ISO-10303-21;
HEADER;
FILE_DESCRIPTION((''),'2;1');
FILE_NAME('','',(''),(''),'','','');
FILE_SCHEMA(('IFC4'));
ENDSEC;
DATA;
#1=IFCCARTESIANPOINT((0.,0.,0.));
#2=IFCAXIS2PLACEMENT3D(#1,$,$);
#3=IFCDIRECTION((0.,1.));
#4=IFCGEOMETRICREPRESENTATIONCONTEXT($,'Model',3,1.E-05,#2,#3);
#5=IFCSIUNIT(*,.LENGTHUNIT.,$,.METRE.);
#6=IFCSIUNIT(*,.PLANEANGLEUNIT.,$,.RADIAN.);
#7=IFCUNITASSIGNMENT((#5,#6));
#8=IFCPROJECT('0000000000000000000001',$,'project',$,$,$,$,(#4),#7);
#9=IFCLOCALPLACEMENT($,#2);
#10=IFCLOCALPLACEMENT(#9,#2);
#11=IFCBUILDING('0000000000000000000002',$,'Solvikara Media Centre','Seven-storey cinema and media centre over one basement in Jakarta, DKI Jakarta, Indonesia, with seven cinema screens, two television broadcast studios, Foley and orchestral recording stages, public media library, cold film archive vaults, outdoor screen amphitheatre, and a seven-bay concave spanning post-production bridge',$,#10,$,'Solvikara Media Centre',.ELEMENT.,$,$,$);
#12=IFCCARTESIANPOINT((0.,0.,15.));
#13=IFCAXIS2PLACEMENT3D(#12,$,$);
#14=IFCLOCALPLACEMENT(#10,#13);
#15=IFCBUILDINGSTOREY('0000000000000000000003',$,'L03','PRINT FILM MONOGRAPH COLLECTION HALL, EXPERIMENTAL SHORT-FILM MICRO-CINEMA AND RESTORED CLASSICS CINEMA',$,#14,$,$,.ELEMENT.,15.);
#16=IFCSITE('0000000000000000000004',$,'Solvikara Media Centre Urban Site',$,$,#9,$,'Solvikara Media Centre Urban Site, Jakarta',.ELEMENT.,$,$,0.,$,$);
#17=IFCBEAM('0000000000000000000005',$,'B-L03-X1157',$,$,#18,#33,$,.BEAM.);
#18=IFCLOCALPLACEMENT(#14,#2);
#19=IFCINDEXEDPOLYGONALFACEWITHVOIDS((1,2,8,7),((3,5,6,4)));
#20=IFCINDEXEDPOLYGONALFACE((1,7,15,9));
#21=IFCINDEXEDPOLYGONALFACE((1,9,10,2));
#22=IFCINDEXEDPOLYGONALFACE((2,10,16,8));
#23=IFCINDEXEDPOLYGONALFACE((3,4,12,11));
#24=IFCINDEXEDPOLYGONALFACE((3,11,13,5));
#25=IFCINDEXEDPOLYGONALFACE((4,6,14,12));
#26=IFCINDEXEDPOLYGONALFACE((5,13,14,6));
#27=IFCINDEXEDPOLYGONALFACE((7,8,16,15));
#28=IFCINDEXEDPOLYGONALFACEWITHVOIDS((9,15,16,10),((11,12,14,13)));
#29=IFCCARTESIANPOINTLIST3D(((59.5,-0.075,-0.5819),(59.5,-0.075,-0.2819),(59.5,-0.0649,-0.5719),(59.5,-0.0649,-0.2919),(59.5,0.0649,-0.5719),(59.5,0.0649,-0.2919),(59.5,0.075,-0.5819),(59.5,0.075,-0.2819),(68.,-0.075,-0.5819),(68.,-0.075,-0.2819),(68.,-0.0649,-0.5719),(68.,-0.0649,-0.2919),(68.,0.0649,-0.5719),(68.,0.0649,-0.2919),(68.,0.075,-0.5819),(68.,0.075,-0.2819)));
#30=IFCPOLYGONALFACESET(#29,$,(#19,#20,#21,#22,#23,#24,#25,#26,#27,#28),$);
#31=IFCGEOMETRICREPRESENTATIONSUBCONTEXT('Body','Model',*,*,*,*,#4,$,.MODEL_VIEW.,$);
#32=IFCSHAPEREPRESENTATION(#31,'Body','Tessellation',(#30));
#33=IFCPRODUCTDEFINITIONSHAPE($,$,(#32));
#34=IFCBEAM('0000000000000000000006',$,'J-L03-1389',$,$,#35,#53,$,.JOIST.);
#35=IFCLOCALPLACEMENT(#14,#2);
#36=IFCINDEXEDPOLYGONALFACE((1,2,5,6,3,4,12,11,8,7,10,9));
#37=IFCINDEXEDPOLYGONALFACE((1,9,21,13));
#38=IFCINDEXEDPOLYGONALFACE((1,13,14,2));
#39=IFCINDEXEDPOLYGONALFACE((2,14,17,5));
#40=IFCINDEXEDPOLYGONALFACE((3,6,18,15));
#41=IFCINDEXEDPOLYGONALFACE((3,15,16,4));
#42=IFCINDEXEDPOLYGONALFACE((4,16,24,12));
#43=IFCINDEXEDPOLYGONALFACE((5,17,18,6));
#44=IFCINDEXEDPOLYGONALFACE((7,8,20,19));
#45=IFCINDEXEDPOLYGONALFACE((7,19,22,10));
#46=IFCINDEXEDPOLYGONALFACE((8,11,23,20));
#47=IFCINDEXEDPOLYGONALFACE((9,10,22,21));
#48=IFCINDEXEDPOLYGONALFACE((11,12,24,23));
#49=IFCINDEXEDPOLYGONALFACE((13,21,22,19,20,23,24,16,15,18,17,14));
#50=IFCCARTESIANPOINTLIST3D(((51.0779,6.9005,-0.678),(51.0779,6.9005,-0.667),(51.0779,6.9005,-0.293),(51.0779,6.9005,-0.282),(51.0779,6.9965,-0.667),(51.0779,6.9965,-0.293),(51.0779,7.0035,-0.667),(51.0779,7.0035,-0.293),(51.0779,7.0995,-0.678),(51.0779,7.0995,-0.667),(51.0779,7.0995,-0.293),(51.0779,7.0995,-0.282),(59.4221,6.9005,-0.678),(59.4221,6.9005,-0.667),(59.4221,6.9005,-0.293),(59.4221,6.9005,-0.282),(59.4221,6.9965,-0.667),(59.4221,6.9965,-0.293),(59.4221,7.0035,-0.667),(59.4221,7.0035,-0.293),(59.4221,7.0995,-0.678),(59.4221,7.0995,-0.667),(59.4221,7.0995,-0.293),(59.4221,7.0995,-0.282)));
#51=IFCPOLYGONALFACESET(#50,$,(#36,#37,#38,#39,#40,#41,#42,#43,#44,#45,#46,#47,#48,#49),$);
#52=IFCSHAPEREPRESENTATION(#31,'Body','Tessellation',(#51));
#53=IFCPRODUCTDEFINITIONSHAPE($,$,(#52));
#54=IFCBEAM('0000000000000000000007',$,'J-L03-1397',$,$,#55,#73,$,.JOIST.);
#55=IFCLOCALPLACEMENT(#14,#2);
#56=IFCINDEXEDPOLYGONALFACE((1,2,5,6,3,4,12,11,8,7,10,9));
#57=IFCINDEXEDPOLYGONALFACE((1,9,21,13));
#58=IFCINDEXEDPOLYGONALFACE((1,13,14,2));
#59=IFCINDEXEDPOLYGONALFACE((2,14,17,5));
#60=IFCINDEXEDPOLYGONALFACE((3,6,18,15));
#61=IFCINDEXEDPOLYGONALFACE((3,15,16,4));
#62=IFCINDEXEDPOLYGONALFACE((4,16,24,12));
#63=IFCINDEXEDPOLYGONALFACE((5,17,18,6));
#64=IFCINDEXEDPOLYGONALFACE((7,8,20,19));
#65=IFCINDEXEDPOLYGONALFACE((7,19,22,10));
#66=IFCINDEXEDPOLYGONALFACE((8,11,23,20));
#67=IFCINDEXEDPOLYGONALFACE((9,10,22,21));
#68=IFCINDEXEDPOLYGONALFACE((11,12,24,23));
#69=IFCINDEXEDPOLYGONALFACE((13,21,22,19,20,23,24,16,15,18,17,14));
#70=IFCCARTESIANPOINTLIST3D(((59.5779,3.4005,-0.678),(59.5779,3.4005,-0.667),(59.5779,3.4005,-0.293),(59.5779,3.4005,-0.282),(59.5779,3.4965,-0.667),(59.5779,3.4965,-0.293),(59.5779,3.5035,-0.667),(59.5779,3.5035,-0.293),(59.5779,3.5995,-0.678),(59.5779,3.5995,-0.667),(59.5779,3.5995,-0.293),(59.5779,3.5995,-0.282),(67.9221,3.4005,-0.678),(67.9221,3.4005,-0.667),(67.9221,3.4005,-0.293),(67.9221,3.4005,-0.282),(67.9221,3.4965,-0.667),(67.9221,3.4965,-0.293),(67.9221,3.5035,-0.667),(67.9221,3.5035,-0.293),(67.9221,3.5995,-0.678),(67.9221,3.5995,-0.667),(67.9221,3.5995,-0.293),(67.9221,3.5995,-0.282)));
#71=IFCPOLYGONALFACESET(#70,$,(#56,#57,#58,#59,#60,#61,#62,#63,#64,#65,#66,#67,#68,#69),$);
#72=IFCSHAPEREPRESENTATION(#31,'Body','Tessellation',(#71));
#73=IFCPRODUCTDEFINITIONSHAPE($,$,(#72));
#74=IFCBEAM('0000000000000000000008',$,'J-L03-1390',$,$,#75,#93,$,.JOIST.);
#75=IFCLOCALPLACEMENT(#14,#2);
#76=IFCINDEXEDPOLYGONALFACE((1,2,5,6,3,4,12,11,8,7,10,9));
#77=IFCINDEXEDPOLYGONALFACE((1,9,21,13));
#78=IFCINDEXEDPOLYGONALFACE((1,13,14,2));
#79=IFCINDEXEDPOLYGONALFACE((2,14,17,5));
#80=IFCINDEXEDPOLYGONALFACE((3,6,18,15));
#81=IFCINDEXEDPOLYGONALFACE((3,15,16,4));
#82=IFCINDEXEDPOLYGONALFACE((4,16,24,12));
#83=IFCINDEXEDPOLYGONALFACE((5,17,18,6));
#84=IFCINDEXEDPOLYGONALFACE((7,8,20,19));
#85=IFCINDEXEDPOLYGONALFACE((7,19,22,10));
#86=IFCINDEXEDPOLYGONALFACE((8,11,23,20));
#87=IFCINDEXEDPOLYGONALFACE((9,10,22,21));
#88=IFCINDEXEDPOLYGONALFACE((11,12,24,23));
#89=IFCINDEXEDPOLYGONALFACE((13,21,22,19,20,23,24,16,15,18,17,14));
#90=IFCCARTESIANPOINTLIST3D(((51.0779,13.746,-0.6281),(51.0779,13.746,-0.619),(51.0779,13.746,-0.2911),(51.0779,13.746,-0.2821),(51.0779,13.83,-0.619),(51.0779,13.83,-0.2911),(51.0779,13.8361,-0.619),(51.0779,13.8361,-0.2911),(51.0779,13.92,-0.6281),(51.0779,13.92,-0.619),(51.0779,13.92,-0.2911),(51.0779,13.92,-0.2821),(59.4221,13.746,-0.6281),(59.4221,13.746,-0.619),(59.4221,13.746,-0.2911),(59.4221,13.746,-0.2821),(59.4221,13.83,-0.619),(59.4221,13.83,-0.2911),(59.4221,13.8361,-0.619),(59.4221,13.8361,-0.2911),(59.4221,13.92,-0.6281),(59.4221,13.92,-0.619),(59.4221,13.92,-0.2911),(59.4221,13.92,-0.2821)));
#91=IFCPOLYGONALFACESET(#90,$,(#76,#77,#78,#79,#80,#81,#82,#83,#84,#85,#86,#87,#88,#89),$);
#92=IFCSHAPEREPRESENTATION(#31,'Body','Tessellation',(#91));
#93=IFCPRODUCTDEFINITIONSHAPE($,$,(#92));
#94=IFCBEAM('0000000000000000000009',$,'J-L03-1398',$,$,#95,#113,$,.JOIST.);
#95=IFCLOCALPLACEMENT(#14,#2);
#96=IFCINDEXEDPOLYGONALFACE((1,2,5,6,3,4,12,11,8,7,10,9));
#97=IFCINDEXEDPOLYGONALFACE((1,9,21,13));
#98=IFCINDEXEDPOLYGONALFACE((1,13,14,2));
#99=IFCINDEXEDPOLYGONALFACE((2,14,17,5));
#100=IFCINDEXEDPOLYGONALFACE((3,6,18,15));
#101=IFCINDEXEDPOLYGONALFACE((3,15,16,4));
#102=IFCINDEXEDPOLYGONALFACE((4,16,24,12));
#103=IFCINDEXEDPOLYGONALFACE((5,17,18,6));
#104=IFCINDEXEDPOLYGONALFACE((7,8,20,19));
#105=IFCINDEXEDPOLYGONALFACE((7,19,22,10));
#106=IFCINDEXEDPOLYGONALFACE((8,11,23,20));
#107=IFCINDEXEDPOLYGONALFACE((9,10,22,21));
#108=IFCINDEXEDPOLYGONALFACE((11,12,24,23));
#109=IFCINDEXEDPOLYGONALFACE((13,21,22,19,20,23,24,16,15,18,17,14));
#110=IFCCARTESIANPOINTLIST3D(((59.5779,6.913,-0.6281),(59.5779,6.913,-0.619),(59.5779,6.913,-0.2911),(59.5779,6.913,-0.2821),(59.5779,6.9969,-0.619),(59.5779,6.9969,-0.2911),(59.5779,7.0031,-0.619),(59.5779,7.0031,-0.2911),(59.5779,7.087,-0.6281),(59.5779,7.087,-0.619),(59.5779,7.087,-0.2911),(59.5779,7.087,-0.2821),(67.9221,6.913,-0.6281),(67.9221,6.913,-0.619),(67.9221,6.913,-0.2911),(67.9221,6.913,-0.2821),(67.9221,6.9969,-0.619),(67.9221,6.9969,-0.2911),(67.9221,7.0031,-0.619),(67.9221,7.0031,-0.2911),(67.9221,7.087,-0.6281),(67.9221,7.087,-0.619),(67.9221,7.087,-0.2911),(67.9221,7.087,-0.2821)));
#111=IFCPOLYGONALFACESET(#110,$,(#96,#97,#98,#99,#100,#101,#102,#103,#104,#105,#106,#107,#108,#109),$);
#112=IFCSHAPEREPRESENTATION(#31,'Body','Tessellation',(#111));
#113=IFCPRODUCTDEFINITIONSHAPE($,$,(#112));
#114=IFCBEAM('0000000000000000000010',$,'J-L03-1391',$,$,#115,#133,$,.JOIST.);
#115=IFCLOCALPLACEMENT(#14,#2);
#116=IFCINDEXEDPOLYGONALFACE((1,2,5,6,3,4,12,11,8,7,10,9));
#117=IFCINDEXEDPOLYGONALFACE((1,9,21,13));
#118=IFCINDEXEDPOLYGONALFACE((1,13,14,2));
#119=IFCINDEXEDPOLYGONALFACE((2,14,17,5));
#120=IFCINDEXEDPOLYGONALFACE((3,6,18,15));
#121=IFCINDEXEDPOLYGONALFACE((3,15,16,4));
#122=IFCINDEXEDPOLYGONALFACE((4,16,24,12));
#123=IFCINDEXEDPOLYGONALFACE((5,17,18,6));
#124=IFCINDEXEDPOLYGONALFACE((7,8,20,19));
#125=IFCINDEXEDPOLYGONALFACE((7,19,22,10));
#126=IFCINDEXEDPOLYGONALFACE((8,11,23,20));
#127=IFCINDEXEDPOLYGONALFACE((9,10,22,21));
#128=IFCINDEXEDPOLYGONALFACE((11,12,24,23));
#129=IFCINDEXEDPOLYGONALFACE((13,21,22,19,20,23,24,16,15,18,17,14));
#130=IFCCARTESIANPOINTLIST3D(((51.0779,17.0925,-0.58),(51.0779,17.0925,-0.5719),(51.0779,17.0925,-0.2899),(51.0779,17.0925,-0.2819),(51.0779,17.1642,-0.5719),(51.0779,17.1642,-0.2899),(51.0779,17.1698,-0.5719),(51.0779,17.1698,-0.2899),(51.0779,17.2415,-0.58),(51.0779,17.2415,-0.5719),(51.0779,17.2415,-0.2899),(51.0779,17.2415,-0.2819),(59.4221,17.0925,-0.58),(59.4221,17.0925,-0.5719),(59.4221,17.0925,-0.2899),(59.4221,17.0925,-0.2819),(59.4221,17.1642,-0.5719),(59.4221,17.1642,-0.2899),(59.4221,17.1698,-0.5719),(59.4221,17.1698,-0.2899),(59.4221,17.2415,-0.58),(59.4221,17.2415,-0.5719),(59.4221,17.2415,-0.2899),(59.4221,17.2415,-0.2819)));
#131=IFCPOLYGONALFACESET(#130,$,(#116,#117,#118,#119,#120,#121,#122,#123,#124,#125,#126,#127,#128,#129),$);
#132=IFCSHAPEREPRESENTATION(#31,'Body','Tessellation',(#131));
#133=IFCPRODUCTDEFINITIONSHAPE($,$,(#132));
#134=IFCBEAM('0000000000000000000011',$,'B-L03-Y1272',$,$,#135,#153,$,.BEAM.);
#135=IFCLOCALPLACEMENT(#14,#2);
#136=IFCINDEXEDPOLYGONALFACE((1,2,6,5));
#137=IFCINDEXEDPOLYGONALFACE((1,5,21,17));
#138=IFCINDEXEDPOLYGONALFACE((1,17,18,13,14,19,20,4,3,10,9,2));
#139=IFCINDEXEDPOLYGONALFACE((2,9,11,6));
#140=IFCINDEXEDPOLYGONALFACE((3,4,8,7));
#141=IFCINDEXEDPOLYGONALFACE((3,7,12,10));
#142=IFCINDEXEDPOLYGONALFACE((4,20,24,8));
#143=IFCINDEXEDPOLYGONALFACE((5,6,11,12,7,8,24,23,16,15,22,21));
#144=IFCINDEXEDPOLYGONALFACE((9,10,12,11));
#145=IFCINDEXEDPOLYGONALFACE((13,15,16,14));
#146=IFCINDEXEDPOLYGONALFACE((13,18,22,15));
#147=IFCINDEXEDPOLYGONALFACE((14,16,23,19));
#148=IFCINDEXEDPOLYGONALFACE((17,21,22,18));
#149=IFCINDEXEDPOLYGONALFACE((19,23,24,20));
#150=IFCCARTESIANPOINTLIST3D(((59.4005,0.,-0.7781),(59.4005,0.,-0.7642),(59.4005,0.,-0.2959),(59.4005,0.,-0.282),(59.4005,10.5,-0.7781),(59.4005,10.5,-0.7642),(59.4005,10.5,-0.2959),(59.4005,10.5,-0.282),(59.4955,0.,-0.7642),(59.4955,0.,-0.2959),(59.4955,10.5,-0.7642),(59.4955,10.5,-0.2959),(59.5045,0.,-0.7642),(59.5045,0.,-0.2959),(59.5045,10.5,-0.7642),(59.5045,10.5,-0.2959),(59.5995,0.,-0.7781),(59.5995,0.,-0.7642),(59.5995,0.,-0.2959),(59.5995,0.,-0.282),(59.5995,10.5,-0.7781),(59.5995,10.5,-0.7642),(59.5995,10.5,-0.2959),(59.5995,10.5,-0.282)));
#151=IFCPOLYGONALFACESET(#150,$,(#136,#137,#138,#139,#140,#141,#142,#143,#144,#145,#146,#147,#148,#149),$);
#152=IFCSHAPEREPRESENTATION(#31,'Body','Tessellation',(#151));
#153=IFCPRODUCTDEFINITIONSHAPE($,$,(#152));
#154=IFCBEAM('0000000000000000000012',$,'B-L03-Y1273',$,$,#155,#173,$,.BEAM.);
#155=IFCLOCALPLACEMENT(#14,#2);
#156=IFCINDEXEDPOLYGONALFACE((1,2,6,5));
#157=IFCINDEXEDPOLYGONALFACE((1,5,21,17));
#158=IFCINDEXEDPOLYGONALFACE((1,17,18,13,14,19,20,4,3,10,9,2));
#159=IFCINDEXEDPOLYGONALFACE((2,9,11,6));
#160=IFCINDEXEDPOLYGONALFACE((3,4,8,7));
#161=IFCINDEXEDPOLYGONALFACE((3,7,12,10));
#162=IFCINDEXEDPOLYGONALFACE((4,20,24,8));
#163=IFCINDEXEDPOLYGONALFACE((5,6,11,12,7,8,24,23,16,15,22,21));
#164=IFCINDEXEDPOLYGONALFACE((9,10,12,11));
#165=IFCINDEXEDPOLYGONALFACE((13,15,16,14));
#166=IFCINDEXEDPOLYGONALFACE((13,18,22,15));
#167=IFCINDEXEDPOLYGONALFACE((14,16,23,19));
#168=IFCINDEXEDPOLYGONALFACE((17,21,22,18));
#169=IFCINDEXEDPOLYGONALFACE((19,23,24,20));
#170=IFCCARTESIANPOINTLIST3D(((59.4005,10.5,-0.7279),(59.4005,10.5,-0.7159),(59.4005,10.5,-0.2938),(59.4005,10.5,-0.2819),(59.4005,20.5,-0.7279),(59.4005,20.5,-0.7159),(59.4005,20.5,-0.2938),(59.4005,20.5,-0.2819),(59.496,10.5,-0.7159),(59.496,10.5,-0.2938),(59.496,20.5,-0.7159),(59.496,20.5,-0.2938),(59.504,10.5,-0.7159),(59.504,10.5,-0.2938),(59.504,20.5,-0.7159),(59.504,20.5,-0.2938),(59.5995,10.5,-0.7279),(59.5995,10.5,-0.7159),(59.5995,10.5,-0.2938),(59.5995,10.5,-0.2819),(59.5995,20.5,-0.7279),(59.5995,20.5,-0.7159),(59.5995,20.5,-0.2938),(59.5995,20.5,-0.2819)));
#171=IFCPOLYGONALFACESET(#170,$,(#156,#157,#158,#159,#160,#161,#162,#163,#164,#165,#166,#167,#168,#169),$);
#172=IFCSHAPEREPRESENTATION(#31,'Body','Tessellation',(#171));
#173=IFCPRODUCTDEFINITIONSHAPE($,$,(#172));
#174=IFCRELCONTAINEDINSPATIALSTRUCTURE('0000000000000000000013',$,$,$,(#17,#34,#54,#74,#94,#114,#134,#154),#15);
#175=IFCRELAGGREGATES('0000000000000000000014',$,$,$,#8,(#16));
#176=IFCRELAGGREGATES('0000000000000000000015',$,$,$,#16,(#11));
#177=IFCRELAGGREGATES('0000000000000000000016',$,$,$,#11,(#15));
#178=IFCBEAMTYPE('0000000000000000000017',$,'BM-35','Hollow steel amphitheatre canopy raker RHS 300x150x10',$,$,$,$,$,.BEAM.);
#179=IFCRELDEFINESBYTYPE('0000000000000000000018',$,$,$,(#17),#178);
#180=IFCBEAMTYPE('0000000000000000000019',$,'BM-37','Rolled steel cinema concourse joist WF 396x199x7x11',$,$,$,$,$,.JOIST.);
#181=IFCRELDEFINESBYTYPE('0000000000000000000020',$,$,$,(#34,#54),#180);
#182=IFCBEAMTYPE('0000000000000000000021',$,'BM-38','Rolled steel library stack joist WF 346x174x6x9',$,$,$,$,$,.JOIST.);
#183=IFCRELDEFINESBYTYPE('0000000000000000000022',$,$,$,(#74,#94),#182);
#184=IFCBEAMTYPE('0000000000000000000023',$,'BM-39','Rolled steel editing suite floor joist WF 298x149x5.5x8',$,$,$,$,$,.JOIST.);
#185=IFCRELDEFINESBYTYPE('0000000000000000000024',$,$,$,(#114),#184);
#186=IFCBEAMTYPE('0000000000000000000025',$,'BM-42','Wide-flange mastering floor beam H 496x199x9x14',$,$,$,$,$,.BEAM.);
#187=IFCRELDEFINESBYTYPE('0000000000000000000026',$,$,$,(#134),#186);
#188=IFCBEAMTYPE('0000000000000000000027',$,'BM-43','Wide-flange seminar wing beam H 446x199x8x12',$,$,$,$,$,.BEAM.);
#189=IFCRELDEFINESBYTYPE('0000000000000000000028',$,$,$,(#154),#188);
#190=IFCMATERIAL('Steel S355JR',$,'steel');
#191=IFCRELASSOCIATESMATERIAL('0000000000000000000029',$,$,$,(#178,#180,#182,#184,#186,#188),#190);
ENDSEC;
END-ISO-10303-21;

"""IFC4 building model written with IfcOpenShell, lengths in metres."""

from ifc_helpers import new_model, si_unit, direction, frame, origin, origin_2d, place, context, subcontext, project, spatial, hollow_rectangle, i_section, extrude, material, material_profile, profile_set, type_object, element, save


model = new_model("IFC4")

# Units and contexts
model_context = context("Model", 3, precision=1e-05, world=origin(), true_north=direction((0.0, 1.0)))
body_context = subcontext(model_context, "Body", "Model", "MODEL_VIEW")
ifc_project = project(units=[si_unit("LENGTHUNIT", "METRE"), si_unit("PLANEANGLEUNIT", "RADIAN")], contexts=[model_context])

# Site, building, storey
site_placement = place(None, origin())
site = spatial("IfcSite", under=ifc_project, at=site_placement, Name="Solvikara Media Centre Urban Site", LongName="Solvikara Media Centre Urban Site, Jakarta", CompositionType="ELEMENT", RefElevation=0.0)
building_placement = place(site_placement, origin())
building = spatial("IfcBuilding", under=site, at=building_placement, Name="Solvikara Media Centre", Description="Seven-storey cinema and media centre over one basement in Jakarta, DKI Jakarta, Indonesia, with seven cinema screens, two television broadcast studios, Foley and orchestral recording stages, public media library, cold film archive vaults, outdoor screen amphitheatre, and a seven-bay concave spanning post-production bridge", LongName="Solvikara Media Centre", CompositionType="ELEMENT")
storey_placement = place(building_placement, frame((0.0, 0.0, 15.0)))
storey = spatial("IfcBuildingStorey", under=building, at=storey_placement, Name="L03", Description="PRINT FILM MONOGRAPH COLLECTION HALL, EXPERIMENTAL SHORT-FILM MICRO-CINEMA AND RESTORED CLASSICS CINEMA", CompositionType="ELEMENT", Elevation=15.0)

# Beams
ifc_material_1 = material(Name="Steel S355JR", Category="steel")
ifc_material_profile_1 = material_profile(ifc_material_1, hollow_rectangle(XDim=0.1499, YDim=0.3, WallThickness=0.01, at=origin_2d()), Name="RHS 300x150x10")
ifc_profile_set_1 = profile_set([ifc_material_profile_1], Name="Steel S355JR")
beam_type_1 = type_object("IfcBeamType", Name="BM-35", Description="Hollow steel amphitheatre canopy raker RHS 300x150x10", PredefinedType="BEAM", material=ifc_profile_set_1)
beam_1_placement = place(storey_placement, frame((59.5, 0.0, -0.4319), z_axis=(1.0, 0.0, 0.0), x_axis=(0.0, 1.0, 0.0)))
element("IfcBeam", 1, at=beam_1_placement, inside=storey, type_object=beam_type_1, Name="B-L03-X1157", PredefinedType="BEAM", context=body_context, shape_type="SweptSolid", body=[
    extrude(hollow_rectangle(XDim=0.1499, YDim=0.3, WallThickness=0.01, at=origin_2d()), origin(), (0.0, 0.0, 1.0), 8.5),
])
ifc_material_profile_2 = material_profile(ifc_material_1, i_section(OverallWidth=0.199, OverallDepth=0.396, WebThickness=0.0071, FlangeThickness=0.011, at=origin_2d()), Name="WF 396x199x7x11")
ifc_profile_set_2 = profile_set([ifc_material_profile_2], Name="Steel S355JR")
beam_type_2 = type_object("IfcBeamType", Name="BM-37", Description="Rolled steel cinema concourse joist WF 396x199x7x11", PredefinedType="JOIST", material=ifc_profile_set_2)
for number, where, z_axis, x_axis, name in (
    (2, (51.0779, 7.0, -0.48), (1.0, 0.0, 0.0), (0.0, 1.0, 0.0), "J-L03-1389"),
    (3, (59.5779, 3.5, -0.48), (1.0, 0.0, 0.0), (0.0, 1.0, 0.0), "J-L03-1397"),
):
    element("IfcBeam", number, at=place(storey_placement, frame(where, z_axis=z_axis, x_axis=x_axis)), inside=storey, type_object=beam_type_2, Name=name, PredefinedType="JOIST", context=body_context, shape_type="SweptSolid", body=[
        extrude(i_section(OverallWidth=0.199, OverallDepth=0.396, WebThickness=0.0071, FlangeThickness=0.011, at=origin_2d()), origin(), (0.0, 0.0, 1.0), 8.3442),
    ])
ifc_material_profile_3 = material_profile(ifc_material_1, i_section(OverallWidth=0.1741, OverallDepth=0.3459, WebThickness=0.0061, FlangeThickness=0.009, at=origin_2d()), Name="WF 346x174x6x9")
ifc_profile_set_3 = profile_set([ifc_material_profile_3], Name="Steel S355JR")
beam_type_3 = type_object("IfcBeamType", Name="BM-38", Description="Rolled steel library stack joist WF 346x174x6x9", PredefinedType="JOIST", material=ifc_profile_set_3)
for number, where, z_axis, x_axis, name in (
    (4, (51.0779, 13.833, -0.4551), (1.0, 0.0, 0.0), (0.0, 1.0, 0.0), "J-L03-1390"),
    (5, (59.5779, 7.0, -0.4551), (1.0, 0.0, 0.0), (0.0, 1.0, 0.0), "J-L03-1398"),
):
    element("IfcBeam", number, at=place(storey_placement, frame(where, z_axis=z_axis, x_axis=x_axis)), inside=storey, type_object=beam_type_3, Name=name, PredefinedType="JOIST", context=body_context, shape_type="SweptSolid", body=[
        extrude(i_section(OverallWidth=0.1741, OverallDepth=0.3459, WebThickness=0.0061, FlangeThickness=0.009, at=origin_2d()), origin(), (0.0, 0.0, 1.0), 8.3442),
    ])
ifc_material_profile_4 = material_profile(ifc_material_1, i_section(OverallWidth=0.1489, OverallDepth=0.2981, WebThickness=0.0056, FlangeThickness=0.0081, at=origin_2d()), Name="WF 298x149x5.5x8")
ifc_profile_set_4 = profile_set([ifc_material_profile_4], Name="Steel S355JR")
beam_type_4 = type_object("IfcBeamType", Name="BM-39", Description="Rolled steel editing suite floor joist WF 298x149x5.5x8", PredefinedType="JOIST", material=ifc_profile_set_4)
beam_2_placement = place(storey_placement, frame((51.0779, 17.167, -0.4309), z_axis=(1.0, 0.0, 0.0), x_axis=(0.0, 1.0, 0.0)))
element("IfcBeam", 6, at=beam_2_placement, inside=storey, type_object=beam_type_4, Name="J-L03-1391", PredefinedType="JOIST", context=body_context, shape_type="SweptSolid", body=[
    extrude(i_section(OverallWidth=0.1489, OverallDepth=0.2981, WebThickness=0.0056, FlangeThickness=0.0081, at=origin_2d()), origin(), (0.0, 0.0, 1.0), 8.3442),
])
ifc_material_profile_5 = material_profile(ifc_material_1, i_section(OverallWidth=0.199, OverallDepth=0.4961, WebThickness=0.009, FlangeThickness=0.0139, at=origin_2d()), Name="H 496x199x9x14")
ifc_profile_set_5 = profile_set([ifc_material_profile_5], Name="Steel S355JR")
beam_type_5 = type_object("IfcBeamType", Name="BM-42", Description="Wide-flange mastering floor beam H 496x199x9x14", PredefinedType="BEAM", material=ifc_profile_set_5)
beam_3_placement = place(storey_placement, frame((59.5, 0.0, -0.53), z_axis=(0.0, 1.0, 0.0), x_axis=(-1.0, 0.0, 0.0)))
element("IfcBeam", 7, at=beam_3_placement, inside=storey, type_object=beam_type_5, Name="B-L03-Y1272", PredefinedType="BEAM", context=body_context, shape_type="SweptSolid", body=[
    extrude(i_section(OverallWidth=0.199, OverallDepth=0.4961, WebThickness=0.009, FlangeThickness=0.0139, at=origin_2d()), origin(), (0.0, 0.0, 1.0), 10.5),
])
ifc_material_profile_6 = material_profile(ifc_material_1, i_section(OverallWidth=0.199, OverallDepth=0.446, WebThickness=0.0081, FlangeThickness=0.012, at=origin_2d()), Name="H 446x199x8x12")
ifc_profile_set_6 = profile_set([ifc_material_profile_6], Name="Steel S355JR")
beam_type_6 = type_object("IfcBeamType", Name="BM-43", Description="Wide-flange seminar wing beam H 446x199x8x12", PredefinedType="BEAM", material=ifc_profile_set_6)
beam_4_placement = place(storey_placement, frame((59.5, 10.5, -0.5049), z_axis=(0.0, 1.0, 0.0), x_axis=(-1.0, 0.0, 0.0)))
element("IfcBeam", 8, at=beam_4_placement, inside=storey, type_object=beam_type_6, Name="B-L03-Y1273", PredefinedType="BEAM", context=body_context, shape_type="SweptSolid", body=[
    extrude(i_section(OverallWidth=0.199, OverallDepth=0.446, WebThickness=0.0081, FlangeThickness=0.012, at=origin_2d()), origin(), (0.0, 0.0, 1.0), 10.0),
])

save(model, "model.ifc")
